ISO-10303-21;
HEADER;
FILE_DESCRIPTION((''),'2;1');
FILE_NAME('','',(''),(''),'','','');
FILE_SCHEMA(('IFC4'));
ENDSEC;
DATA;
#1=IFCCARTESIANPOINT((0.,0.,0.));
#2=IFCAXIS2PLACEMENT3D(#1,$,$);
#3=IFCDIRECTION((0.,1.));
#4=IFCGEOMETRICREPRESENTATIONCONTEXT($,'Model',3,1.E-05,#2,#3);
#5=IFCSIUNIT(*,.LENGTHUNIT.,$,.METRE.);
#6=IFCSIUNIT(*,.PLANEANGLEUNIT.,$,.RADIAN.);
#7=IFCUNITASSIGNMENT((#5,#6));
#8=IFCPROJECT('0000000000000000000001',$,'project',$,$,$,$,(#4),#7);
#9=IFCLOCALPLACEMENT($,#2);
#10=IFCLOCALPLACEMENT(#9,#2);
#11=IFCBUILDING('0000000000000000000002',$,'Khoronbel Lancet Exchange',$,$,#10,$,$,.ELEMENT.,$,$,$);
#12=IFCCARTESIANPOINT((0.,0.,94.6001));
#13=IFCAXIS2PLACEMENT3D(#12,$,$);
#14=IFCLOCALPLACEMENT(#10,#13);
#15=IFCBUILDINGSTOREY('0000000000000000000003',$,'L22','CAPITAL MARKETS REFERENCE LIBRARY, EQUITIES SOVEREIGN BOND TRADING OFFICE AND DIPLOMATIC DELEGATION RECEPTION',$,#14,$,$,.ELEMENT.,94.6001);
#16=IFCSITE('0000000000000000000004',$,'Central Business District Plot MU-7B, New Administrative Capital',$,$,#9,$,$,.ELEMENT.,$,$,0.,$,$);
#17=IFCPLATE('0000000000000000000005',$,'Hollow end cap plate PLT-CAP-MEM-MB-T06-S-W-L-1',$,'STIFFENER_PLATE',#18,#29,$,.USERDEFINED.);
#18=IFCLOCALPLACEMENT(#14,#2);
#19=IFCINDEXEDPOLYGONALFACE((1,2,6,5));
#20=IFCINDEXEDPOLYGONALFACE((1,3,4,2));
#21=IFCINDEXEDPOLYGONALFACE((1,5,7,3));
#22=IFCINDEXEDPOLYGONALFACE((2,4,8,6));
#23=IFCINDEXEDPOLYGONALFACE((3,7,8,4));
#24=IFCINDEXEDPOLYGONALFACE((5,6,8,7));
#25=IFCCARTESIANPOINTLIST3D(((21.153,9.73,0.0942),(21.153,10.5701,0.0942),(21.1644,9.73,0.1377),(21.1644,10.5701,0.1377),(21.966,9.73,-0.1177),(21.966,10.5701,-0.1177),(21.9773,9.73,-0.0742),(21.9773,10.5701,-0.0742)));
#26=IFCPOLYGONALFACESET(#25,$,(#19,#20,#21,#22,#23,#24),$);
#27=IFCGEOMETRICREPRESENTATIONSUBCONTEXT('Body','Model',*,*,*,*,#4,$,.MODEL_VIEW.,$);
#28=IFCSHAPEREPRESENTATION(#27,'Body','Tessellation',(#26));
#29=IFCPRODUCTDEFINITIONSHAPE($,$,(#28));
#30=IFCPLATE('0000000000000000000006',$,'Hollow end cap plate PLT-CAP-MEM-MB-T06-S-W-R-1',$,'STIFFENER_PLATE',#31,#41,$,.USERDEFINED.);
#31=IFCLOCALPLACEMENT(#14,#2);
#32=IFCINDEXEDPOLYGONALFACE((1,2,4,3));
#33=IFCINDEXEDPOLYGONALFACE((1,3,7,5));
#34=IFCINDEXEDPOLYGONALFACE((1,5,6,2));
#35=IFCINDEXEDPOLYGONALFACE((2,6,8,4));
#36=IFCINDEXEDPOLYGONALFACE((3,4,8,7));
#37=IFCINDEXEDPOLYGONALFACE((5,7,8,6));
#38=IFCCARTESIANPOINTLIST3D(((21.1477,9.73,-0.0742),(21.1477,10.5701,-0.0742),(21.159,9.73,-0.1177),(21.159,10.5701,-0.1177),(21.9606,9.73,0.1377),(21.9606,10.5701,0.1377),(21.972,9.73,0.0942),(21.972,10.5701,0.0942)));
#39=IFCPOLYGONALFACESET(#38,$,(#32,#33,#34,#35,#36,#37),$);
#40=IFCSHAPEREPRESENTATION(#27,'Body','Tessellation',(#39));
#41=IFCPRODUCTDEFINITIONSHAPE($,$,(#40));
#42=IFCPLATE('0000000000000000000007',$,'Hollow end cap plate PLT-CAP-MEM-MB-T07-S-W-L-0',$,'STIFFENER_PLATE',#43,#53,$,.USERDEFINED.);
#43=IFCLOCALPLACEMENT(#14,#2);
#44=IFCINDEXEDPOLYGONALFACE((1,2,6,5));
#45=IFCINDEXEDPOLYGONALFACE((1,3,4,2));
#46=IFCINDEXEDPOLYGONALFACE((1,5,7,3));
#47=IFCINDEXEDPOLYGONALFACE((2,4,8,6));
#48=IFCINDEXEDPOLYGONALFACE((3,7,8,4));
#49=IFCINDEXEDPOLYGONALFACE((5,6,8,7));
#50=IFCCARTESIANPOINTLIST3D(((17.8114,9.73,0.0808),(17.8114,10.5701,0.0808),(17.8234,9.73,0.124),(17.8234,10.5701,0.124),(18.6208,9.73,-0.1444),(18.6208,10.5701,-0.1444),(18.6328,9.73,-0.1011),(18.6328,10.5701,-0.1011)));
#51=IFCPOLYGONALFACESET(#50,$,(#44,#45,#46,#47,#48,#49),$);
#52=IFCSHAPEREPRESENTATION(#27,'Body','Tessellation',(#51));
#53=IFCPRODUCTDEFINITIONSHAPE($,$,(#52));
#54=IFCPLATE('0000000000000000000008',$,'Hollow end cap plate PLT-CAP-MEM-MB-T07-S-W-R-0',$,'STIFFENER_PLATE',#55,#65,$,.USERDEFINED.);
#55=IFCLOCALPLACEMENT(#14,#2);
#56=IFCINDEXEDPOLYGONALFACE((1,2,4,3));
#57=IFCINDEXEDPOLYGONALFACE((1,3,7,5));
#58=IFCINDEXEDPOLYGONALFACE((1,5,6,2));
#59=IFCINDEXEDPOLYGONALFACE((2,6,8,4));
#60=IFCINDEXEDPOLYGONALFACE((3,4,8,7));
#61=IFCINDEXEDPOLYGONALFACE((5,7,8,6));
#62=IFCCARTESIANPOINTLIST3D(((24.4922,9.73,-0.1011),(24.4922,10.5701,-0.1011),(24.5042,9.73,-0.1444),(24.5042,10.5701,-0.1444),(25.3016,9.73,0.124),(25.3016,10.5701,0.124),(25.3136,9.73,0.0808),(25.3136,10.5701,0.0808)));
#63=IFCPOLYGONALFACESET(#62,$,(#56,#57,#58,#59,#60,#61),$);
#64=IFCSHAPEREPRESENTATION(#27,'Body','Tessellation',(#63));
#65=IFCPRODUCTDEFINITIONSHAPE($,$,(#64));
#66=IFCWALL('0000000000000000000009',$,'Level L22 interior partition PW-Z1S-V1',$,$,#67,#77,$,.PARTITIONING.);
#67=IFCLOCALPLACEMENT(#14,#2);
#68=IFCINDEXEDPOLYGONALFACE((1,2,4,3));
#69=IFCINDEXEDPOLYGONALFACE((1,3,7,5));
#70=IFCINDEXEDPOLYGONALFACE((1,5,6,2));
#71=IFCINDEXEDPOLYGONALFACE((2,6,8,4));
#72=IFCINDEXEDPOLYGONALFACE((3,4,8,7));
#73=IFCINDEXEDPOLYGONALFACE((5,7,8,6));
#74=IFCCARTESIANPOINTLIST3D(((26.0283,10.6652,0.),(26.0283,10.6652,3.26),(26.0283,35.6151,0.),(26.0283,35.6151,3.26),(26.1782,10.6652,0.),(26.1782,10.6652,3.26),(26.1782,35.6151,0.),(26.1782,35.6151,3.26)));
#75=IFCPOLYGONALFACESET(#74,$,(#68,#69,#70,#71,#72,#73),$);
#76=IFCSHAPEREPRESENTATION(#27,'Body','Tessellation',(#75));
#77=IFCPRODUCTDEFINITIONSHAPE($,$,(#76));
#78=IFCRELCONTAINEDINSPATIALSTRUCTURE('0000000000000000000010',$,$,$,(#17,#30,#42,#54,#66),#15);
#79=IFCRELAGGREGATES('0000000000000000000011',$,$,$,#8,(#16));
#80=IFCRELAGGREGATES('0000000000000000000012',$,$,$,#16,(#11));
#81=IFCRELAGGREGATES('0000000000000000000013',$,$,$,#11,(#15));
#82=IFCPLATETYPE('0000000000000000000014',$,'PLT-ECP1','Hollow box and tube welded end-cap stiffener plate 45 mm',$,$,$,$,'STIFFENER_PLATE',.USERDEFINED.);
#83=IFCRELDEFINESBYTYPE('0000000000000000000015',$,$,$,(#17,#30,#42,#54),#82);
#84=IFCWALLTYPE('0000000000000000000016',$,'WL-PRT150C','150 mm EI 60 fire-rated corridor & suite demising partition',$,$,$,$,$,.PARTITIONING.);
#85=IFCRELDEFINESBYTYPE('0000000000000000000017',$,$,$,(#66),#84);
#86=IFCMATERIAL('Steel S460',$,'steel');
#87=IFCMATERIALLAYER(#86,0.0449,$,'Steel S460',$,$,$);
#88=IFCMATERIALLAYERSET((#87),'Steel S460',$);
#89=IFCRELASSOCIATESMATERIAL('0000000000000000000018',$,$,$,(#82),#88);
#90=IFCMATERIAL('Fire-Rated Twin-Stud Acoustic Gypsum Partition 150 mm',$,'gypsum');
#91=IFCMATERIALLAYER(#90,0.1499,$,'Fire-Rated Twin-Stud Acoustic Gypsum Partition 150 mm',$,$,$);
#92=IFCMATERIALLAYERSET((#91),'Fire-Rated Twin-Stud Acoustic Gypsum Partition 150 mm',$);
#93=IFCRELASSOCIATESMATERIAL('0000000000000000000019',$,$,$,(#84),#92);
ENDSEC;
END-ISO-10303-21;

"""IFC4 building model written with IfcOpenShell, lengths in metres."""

from ifc_helpers import new_model, si_unit, direction, frame, frame_2d, origin, place, context, subcontext, project, spatial, polyline, rectangle, outline, extrude, material, layer, layer_set, type_object, element, save


model = new_model("IFC4")

# Units and contexts
model_context = context("Model", 3, precision=1e-05, world=origin(), true_north=direction((0.0, 1.0)))
body_context = subcontext(model_context, "Body", "Model", "MODEL_VIEW")
ifc_project = project(units=[si_unit("LENGTHUNIT", "METRE"), si_unit("PLANEANGLEUNIT", "RADIAN")], contexts=[model_context])

# Site, building, storey
site_placement = place(None, origin())
site = spatial("IfcSite", under=ifc_project, at=site_placement, Name="Central Business District Plot MU-7B, New Administrative Capital", CompositionType="ELEMENT", RefElevation=0.0)
building_placement = place(site_placement, origin())
building = spatial("IfcBuilding", under=site, at=building_placement, Name="Khoronbel Lancet Exchange", CompositionType="ELEMENT")
storey_placement = place(building_placement, frame((0.0, 0.0, 94.6001)))
storey = spatial("IfcBuildingStorey", under=building, at=storey_placement, Name="L22", Description="CAPITAL MARKETS REFERENCE LIBRARY, EQUITIES SOVEREIGN BOND TRADING OFFICE AND DIPLOMATIC DELEGATION RECEPTION", CompositionType="ELEMENT", Elevation=94.6001)

# Shared definitions
ifc_material_1 = material(Name="Steel S460", Category="steel")

# Plates
ifc_layer_1 = layer(ifc_material_1, 0.0449, Name="Steel S460")
ifc_layer_set_1 = layer_set([ifc_layer_1], Name="Steel S460")
plate_type_1 = type_object("IfcPlateType", Name="PLT-ECP1", Description="Hollow box and tube welded end-cap stiffener plate 45 mm", ElementType="STIFFENER_PLATE", PredefinedType="USERDEFINED", material=ifc_layer_set_1)
for number, where, z_axis, x_axis, name in (
    (1, (21.9773, 9.73, -0.0742), (0.252233, 0.0, 0.967667), (0.0, 1.0, 0.0), "Hollow end cap plate PLT-CAP-MEM-MB-T06-S-W-L-1"),
    (2, (21.1477, 10.5701, -0.0742), (-0.252233, 0.0, 0.967667), (0.0, -1.0, 0.0), "Hollow end cap plate PLT-CAP-MEM-MB-T06-S-W-R-1"),
    (3, (18.6328, 9.73, -0.1011), (0.267959, 0.0, 0.96343), (0.0, 1.0, 0.0), "Hollow end cap plate PLT-CAP-MEM-MB-T07-S-W-L-0"),
    (4, (24.4922, 10.5701, -0.1011), (-0.267959, 0.0, 0.96343), (0.0, -1.0, 0.0), "Hollow end cap plate PLT-CAP-MEM-MB-T07-S-W-R-0"),
):
    element("IfcPlate", number, at=place(storey_placement, frame(where, z_axis=z_axis, x_axis=x_axis)), inside=storey, type_object=plate_type_1, Name=name, ObjectType="STIFFENER_PLATE", PredefinedType="USERDEFINED", context=body_context, shape_type="SweptSolid", body=[
        extrude(outline(polyline([(0.0, 0.0), (0.8401, 0.0), (0.8401, 0.8401), (0.0, 0.8401), (0.0, 0.0)])), origin(), (0.0, 0.0, -1.0), 0.0449),
    ])

# Wall
ifc_material_2 = material(Name="Fire-Rated Twin-Stud Acoustic Gypsum Partition 150 mm", Category="gypsum")
ifc_layer_2 = layer(ifc_material_2, 0.1499, Name="Fire-Rated Twin-Stud Acoustic Gypsum Partition 150 mm")
ifc_layer_set_2 = layer_set([ifc_layer_2], Name="Fire-Rated Twin-Stud Acoustic Gypsum Partition 150 mm")
wall_type = type_object("IfcWallType", Name="WL-PRT150C", Description="150 mm EI 60 fire-rated corridor & suite demising partition", PredefinedType="PARTITIONING", material=ifc_layer_set_2)
wall_placement = place(storey_placement, frame((26.1033, 10.665, 0.0), z_axis=(0.0, 0.0, 1.0), x_axis=(0.0, 1.0, 0.0)))
element("IfcWall", 5, at=wall_placement, inside=storey, type_object=wall_type, Name="Level L22 interior partition PW-Z1S-V1", PredefinedType="PARTITIONING", context=body_context, shape_type="SweptSolid", body=[
    extrude(rectangle(XDim=24.95, YDim=0.1499, at=frame_2d((12.4751, 0.0))), origin(), (0.0, 0.0, 1.0), 3.26),
])

save(model, "model.ifc")
